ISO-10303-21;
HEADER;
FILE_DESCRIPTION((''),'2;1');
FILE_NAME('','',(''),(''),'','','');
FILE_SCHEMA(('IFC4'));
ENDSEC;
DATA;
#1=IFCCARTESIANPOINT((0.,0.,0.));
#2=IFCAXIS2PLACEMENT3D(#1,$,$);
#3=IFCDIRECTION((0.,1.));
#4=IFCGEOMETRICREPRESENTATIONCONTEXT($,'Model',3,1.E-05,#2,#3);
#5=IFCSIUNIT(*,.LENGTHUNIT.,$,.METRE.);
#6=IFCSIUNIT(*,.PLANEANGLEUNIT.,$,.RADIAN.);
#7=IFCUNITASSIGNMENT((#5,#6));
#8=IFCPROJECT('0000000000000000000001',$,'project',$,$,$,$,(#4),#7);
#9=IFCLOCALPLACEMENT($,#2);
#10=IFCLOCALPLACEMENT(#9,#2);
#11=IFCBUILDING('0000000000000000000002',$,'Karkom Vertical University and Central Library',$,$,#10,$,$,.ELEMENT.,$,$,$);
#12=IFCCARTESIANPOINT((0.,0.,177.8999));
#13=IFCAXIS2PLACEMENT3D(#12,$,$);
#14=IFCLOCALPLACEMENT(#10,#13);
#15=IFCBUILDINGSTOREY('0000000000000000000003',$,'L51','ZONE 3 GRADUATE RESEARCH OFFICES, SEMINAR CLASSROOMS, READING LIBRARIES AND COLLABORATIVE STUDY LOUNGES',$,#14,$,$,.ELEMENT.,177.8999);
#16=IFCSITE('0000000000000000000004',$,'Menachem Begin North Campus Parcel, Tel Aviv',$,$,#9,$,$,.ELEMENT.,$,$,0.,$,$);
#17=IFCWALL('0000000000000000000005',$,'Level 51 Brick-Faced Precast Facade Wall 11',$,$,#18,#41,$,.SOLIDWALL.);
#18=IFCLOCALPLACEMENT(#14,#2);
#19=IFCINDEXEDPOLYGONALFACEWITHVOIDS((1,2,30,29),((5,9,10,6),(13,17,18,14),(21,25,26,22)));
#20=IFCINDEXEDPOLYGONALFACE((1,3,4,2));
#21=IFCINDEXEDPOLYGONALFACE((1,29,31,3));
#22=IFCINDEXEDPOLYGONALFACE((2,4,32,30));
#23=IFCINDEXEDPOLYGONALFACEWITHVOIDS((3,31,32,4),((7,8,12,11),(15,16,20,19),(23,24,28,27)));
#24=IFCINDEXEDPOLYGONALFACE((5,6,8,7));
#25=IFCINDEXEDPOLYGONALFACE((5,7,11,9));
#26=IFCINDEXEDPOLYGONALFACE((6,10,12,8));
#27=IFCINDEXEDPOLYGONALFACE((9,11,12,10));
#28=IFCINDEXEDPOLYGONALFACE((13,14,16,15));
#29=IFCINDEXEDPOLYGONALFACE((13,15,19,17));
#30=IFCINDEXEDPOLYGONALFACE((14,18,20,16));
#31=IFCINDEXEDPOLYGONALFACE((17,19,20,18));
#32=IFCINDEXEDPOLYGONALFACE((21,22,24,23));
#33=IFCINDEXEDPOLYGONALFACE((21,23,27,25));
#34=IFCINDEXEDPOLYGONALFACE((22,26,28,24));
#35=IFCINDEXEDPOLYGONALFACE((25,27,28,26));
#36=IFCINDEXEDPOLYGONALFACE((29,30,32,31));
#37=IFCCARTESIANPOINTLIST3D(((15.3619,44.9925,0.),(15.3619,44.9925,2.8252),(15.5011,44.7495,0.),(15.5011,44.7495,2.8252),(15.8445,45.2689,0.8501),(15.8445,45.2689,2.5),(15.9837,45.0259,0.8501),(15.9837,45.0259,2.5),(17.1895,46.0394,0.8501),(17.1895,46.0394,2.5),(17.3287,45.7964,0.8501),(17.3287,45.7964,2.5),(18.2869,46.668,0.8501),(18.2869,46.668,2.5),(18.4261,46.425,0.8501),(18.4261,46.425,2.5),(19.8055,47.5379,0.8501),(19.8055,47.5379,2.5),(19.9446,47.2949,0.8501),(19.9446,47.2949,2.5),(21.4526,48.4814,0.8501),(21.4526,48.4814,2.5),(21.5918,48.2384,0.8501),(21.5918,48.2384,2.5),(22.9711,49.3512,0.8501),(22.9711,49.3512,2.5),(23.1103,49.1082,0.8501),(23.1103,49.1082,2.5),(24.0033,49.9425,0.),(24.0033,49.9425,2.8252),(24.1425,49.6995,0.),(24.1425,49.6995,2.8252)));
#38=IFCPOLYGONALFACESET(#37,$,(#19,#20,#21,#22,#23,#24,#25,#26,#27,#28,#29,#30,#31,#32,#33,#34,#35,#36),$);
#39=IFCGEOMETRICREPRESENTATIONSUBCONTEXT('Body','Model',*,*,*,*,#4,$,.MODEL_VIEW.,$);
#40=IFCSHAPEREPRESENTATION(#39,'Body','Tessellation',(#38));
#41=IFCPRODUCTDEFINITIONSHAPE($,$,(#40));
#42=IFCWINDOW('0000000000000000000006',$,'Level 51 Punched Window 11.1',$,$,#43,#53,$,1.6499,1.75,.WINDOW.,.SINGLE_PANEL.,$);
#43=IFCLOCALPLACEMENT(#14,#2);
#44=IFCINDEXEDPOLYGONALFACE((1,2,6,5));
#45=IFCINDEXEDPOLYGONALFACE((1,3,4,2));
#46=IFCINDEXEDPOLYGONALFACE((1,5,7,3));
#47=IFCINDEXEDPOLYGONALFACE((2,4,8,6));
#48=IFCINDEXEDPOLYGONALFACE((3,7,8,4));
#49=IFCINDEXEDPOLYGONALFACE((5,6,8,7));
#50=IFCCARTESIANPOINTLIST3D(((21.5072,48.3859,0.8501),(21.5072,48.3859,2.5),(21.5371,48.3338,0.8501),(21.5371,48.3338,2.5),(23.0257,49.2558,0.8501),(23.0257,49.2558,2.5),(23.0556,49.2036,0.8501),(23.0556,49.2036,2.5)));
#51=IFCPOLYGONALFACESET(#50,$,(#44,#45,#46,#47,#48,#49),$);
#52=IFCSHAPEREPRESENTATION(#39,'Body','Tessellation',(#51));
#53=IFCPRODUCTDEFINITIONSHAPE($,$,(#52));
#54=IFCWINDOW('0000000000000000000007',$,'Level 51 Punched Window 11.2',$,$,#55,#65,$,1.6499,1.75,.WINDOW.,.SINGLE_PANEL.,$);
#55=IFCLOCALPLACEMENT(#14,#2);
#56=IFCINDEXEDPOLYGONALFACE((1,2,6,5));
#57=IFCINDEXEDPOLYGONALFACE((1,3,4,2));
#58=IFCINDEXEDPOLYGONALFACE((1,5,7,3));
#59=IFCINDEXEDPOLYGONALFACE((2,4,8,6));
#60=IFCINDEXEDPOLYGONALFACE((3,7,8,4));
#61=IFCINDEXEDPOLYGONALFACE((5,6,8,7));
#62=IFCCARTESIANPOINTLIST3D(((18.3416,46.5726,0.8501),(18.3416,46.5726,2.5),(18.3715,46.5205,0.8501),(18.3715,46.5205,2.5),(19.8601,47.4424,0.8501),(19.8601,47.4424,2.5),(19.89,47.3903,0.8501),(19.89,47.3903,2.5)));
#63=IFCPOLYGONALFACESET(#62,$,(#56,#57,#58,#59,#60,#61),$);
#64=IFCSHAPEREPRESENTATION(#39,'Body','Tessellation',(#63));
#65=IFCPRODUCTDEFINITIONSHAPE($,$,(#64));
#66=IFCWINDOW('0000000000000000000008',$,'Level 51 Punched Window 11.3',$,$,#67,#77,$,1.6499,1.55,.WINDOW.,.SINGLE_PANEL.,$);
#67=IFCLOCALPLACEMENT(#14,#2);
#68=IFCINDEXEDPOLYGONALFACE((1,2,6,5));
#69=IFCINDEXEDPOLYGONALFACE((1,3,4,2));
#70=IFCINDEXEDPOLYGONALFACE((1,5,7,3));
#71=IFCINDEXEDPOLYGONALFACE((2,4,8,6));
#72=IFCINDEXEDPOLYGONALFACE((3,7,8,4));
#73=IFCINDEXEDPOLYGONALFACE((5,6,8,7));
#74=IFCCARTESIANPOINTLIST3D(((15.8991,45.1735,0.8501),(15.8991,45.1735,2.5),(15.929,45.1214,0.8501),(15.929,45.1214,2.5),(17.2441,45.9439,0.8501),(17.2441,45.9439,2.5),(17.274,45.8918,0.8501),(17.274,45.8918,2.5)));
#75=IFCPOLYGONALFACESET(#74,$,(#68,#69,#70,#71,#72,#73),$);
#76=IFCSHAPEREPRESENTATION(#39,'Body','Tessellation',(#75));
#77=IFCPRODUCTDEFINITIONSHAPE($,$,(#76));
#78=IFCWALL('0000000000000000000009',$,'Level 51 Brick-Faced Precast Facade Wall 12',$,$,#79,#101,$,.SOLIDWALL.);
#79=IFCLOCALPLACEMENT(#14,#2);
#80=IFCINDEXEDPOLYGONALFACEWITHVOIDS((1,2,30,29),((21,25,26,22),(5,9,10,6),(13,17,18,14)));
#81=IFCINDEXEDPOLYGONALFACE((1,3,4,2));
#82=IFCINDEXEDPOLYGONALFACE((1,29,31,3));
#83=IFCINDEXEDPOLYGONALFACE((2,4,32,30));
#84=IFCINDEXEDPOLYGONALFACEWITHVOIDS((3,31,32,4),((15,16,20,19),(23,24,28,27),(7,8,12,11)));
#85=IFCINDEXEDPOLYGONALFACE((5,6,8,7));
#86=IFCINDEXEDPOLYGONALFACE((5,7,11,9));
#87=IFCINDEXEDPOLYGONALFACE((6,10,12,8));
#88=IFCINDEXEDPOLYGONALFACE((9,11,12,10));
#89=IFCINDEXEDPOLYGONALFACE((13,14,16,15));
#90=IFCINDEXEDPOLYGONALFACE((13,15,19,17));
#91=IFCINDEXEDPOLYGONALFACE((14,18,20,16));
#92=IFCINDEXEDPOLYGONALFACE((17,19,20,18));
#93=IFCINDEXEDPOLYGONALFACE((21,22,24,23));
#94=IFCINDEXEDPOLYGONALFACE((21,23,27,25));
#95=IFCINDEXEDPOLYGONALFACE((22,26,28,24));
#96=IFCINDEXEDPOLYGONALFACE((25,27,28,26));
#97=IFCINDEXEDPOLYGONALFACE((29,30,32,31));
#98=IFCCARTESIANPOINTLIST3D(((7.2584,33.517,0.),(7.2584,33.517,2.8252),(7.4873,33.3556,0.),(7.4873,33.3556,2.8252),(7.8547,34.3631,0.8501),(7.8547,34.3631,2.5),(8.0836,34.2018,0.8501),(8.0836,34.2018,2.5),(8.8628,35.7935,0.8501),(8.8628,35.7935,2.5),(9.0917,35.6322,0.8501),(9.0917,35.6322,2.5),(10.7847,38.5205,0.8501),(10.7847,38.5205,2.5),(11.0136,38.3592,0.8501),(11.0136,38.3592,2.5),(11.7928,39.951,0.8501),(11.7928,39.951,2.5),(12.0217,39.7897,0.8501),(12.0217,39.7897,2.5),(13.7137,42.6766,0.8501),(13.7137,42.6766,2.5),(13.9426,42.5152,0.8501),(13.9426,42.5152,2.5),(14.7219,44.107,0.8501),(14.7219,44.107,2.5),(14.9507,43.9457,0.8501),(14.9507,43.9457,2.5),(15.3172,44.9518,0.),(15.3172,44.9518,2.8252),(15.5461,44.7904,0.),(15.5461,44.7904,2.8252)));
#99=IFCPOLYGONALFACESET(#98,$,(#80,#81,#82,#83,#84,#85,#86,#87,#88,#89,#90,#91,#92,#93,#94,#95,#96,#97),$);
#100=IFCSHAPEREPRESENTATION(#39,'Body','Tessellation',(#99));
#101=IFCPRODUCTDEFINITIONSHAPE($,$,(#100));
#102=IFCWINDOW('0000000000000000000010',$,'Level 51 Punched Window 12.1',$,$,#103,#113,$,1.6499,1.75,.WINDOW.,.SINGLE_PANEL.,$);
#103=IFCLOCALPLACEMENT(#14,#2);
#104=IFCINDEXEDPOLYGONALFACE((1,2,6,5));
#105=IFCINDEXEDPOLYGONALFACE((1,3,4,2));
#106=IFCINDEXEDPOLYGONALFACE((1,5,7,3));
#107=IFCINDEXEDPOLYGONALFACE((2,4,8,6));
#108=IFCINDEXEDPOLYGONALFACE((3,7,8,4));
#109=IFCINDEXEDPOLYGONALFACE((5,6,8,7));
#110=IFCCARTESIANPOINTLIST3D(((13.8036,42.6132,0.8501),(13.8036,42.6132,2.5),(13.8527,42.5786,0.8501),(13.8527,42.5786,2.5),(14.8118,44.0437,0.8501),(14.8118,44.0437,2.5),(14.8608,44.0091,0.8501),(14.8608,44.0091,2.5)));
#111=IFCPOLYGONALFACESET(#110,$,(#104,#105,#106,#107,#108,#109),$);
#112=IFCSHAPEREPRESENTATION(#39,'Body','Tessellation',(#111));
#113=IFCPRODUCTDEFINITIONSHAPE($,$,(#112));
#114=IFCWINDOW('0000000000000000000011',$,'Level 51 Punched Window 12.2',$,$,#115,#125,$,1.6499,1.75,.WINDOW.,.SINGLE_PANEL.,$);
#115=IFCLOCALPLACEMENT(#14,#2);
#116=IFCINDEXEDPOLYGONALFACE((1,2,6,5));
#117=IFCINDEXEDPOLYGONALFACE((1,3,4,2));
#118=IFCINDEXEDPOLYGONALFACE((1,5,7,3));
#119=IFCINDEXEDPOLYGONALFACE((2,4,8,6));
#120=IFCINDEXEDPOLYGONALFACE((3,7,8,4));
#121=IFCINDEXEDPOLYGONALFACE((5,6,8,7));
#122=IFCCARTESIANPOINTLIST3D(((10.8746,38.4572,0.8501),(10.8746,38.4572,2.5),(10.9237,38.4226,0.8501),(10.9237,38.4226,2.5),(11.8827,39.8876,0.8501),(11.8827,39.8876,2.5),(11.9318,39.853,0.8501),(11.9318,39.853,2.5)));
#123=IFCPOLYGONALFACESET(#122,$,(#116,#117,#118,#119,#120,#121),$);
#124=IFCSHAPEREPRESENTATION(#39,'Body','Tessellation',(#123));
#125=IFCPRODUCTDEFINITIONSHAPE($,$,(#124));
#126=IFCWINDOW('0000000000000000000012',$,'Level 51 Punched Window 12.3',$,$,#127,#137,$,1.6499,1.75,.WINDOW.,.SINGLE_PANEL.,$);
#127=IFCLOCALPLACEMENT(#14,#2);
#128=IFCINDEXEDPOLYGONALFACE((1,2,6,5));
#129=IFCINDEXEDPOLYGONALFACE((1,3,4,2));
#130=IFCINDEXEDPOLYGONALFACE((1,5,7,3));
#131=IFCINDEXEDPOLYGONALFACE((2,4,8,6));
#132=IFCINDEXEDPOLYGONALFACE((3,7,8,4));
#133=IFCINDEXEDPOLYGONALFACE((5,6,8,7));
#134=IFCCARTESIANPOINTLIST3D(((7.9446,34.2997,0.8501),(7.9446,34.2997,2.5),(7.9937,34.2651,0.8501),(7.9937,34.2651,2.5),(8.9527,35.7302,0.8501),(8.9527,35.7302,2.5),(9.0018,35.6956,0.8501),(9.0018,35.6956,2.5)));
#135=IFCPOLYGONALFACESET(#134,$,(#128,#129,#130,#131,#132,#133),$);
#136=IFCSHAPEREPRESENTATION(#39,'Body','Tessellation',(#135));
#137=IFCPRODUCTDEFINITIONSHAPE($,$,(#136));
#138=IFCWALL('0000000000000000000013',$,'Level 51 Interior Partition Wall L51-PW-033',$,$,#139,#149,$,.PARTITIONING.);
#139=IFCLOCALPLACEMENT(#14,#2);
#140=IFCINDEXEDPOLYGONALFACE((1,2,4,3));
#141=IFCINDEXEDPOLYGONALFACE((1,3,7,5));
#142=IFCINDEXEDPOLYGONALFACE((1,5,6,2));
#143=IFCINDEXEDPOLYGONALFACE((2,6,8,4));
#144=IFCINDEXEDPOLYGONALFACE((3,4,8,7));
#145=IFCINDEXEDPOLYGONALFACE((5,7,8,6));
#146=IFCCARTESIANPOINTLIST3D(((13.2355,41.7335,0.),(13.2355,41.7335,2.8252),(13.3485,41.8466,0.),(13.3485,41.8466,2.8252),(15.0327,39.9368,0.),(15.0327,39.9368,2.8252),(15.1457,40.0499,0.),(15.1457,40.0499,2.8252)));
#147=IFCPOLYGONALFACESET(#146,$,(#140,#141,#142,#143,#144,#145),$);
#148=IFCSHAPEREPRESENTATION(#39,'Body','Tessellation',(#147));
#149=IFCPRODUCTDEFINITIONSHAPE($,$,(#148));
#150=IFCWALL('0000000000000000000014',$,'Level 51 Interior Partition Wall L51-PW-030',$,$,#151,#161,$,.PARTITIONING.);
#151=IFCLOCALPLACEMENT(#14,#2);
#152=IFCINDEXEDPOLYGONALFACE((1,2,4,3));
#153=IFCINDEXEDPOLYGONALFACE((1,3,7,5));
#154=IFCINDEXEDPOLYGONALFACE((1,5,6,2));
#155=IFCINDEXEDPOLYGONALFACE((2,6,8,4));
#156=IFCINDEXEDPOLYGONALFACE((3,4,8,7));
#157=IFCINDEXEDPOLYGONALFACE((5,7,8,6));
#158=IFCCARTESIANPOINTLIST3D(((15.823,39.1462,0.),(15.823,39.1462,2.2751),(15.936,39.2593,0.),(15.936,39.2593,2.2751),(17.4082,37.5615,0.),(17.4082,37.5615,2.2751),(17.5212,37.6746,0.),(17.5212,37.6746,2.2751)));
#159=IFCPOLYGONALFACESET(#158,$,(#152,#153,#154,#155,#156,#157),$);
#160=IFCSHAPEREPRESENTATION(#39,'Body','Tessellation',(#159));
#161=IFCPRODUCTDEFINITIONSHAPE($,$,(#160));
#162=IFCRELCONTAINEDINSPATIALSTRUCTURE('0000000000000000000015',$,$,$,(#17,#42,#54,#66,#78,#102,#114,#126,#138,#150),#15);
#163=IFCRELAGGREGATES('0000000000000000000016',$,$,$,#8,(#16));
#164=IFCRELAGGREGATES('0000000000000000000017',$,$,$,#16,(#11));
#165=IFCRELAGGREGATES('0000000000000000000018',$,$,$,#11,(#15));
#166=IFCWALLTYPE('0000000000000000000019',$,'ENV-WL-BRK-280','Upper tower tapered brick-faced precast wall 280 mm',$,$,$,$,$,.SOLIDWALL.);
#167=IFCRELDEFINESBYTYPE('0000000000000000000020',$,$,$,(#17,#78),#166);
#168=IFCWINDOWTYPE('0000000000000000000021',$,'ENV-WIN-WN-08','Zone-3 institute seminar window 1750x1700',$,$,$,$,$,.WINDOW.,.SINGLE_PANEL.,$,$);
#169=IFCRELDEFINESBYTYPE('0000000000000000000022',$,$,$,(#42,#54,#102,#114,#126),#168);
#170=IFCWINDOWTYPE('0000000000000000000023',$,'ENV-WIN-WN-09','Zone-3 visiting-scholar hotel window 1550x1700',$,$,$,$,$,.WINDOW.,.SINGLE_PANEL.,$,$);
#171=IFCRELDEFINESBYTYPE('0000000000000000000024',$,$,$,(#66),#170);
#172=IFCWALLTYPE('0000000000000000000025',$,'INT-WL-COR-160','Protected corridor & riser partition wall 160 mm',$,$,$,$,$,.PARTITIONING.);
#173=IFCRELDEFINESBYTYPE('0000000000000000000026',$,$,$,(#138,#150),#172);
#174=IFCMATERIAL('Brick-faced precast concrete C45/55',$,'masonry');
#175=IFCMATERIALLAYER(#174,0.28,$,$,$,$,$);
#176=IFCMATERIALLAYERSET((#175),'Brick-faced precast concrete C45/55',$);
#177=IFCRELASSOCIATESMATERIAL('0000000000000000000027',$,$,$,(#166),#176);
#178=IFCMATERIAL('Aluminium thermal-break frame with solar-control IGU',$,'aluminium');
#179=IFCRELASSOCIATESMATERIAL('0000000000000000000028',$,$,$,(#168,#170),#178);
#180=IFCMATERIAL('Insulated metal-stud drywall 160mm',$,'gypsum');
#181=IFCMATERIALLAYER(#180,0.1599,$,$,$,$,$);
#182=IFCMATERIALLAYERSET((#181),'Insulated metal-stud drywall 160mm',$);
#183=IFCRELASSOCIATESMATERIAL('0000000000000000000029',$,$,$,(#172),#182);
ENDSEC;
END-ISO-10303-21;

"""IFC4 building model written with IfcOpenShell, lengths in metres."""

from ifc_helpers import new_model, si_unit, direction, frame, frame_2d, origin, origin_with_axes, place, context, subcontext, project, spatial, rectangle, extrude, source, transform, mapped, material, layer, layer_set, type_object, element, fill, save


model = new_model("IFC4")

# Units and contexts
model_context = context("Model", 3, precision=1e-05, world=origin(), true_north=direction((0.0, 1.0)))
body_context = subcontext(model_context, "Body", "Model", "MODEL_VIEW")
ifc_project = project(units=[si_unit("LENGTHUNIT", "METRE"), si_unit("PLANEANGLEUNIT", "RADIAN")], contexts=[model_context])

# Site, building, storey
site_placement = place(None, origin())
site = spatial("IfcSite", under=ifc_project, at=site_placement, Name="Menachem Begin North Campus Parcel, Tel Aviv", CompositionType="ELEMENT", RefElevation=0.0)
building_placement = place(site_placement, origin())
building = spatial("IfcBuilding", under=site, at=building_placement, Name="Karkom Vertical University and Central Library", CompositionType="ELEMENT")
storey_placement = place(building_placement, frame((0.0, 0.0, 177.8999)))
storey = spatial("IfcBuildingStorey", under=building, at=storey_placement, Name="L51", Description="ZONE 3 GRADUATE RESEARCH OFFICES, SEMINAR CLASSROOMS, READING LIBRARIES AND COLLABORATIVE STUDY LOUNGES", CompositionType="ELEMENT", Elevation=177.8999)

# Walls, openings, windows
ifc_material_1 = material(Name="Brick-faced precast concrete C45/55", Category="masonry")
ifc_layer_1 = layer(ifc_material_1, 0.28)
ifc_layer_set_1 = layer_set([ifc_layer_1], Name="Brick-faced precast concrete C45/55")
wall_type_1 = type_object("IfcWallType", Name="ENV-WL-BRK-280", Description="Upper tower tapered brick-faced precast wall 280 mm", PredefinedType="SOLIDWALL", material=ifc_layer_set_1)
wall_1_placement = place(storey_placement, frame((24.073, 49.821, 0.0), z_axis=(0.0, 0.0, 1.0), x_axis=(-0.867722, -0.49705, 0.0)))
wall_1 = element("IfcWall", 1, at=wall_1_placement, inside=storey, type_object=wall_type_1, Name="Level 51 Brick-Faced Precast Facade Wall 11", PredefinedType="SOLIDWALL", context=body_context, shape_type="SweptSolid", body=[
    extrude(rectangle(XDim=9.9587, YDim=0.28, at=frame_2d((4.9795, 0.0))), origin(), (0.0, 0.0, 1.0), 2.8252),
])
opening_1_placement = place(wall_1_placement, frame((1.1897, 0.0, 0.8501)))
opening_1 = element("IfcOpeningElement", 2, at=opening_1_placement, cuts=wall_1, PredefinedType="OPENING", context=body_context, shape_type="SweptSolid", body=[
    extrude(rectangle(XDim=1.75, YDim=1.6499, at=frame_2d((0.875, 0.825))), frame((0.0, 0.1499, 0.0), z_axis=(0.0, -1.0, 0.0), x_axis=(1.0, 0.0, 0.0)), (0.0, 0.0, 1.0), 0.3),
])
opening_2_placement = place(wall_1_placement, frame((4.8379, 0.0, 0.8501)))
opening_2 = element("IfcOpeningElement", 3, at=opening_2_placement, cuts=wall_1, PredefinedType="OPENING", context=body_context, shape_type="SweptSolid", body=[
    extrude(rectangle(XDim=1.75, YDim=1.6499, at=frame_2d((0.875, 0.825))), frame((0.0, 0.1499, 0.0), z_axis=(0.0, -1.0, 0.0), x_axis=(1.0, 0.0, 0.0)), (0.0, 0.0, 1.0), 0.3),
])
opening_3_placement = place(wall_1_placement, frame((7.8528, 0.0, 0.8501)))
opening_3 = element("IfcOpeningElement", 4, at=opening_3_placement, cuts=wall_1, PredefinedType="OPENING", context=body_context, shape_type="SweptSolid", body=[
    extrude(rectangle(XDim=1.55, YDim=1.6499, at=frame_2d((0.7749, 0.825))), frame((0.0, 0.1499, 0.0), z_axis=(0.0, -1.0, 0.0), x_axis=(1.0, 0.0, 0.0)), (0.0, 0.0, 1.0), 0.3),
])
ifc_material_2 = material(Name="Aluminium thermal-break frame with solar-control IGU", Category="aluminium")
window_type_1 = type_object("IfcWindowType", Name="ENV-WIN-WN-08", Description="Zone-3 institute seminar window 1750x1700", PartitioningType="SINGLE_PANEL", PredefinedType="WINDOW", material=ifc_material_2)
shared_shape_1 = source(origin_with_axes(), body_context, "Body", "SweptSolid", [
    extrude(rectangle(XDim=1.75, YDim=1.6499, at=frame_2d((0.875, 0.825))), frame((0.0, 0.03, 0.0), z_axis=(0.0, -1.0, 0.0), x_axis=(1.0, 0.0, 0.0)), (0.0, 0.0, 1.0), 0.0601),
])
window_1_placement = place(opening_1_placement, origin())
window_1 = element("IfcWindow", 5, at=window_1_placement, inside=storey, type_object=window_type_1, Name="Level 51 Punched Window 11.1", OverallHeight=1.6499, OverallWidth=1.75, PartitioningType="SINGLE_PANEL", PredefinedType="WINDOW", context=body_context, shape_type="MappedRepresentation", body=[
    mapped(shared_shape_1, transform((0.0, 0.0, 0.0), scale=1.0)),
])
fill(opening_1, window_1)
window_2_placement = place(opening_2_placement, origin())
window_2 = element("IfcWindow", 6, at=window_2_placement, inside=storey, type_object=window_type_1, Name="Level 51 Punched Window 11.2", OverallHeight=1.6499, OverallWidth=1.75, PartitioningType="SINGLE_PANEL", PredefinedType="WINDOW", context=body_context, shape_type="MappedRepresentation", body=[
    mapped(shared_shape_1, transform((0.0, 0.0, 0.0), scale=1.0)),
])
fill(opening_2, window_2)
window_type_2 = type_object("IfcWindowType", Name="ENV-WIN-WN-09", Description="Zone-3 visiting-scholar hotel window 1550x1700", PartitioningType="SINGLE_PANEL", PredefinedType="WINDOW", material=ifc_material_2)
shared_shape_2 = source(origin_with_axes(), body_context, "Body", "SweptSolid", [
    extrude(rectangle(XDim=1.55, YDim=1.6499, at=frame_2d((0.7749, 0.825))), frame((0.0, 0.03, 0.0), z_axis=(0.0, -1.0, 0.0), x_axis=(1.0, 0.0, 0.0)), (0.0, 0.0, 1.0), 0.0601),
])
window_3_placement = place(opening_3_placement, origin())
window_3 = element("IfcWindow", 7, at=window_3_placement, inside=storey, type_object=window_type_2, Name="Level 51 Punched Window 11.3", OverallHeight=1.6499, OverallWidth=1.55, PartitioningType="SINGLE_PANEL", PredefinedType="WINDOW", context=body_context, shape_type="MappedRepresentation", body=[
    mapped(shared_shape_2, transform((0.0, 0.0, 0.0), scale=1.0)),
])
fill(opening_3, window_3)
wall_2_placement = place(storey_placement, frame((15.4316, 44.8711, 0.0), z_axis=(0.0, 0.0, 1.0), x_axis=(-0.576073, -0.817399, 0.0)))
wall_2 = element("IfcWall", 8, at=wall_2_placement, inside=storey, type_object=wall_type_1, Name="Level 51 Brick-Faced Precast Facade Wall 12", PredefinedType="SOLIDWALL", context=body_context, shape_type="SweptSolid", body=[
    extrude(rectangle(XDim=13.9893, YDim=0.28, at=frame_2d((6.9946, 0.0))), origin(), (0.0, 0.0, 1.0), 2.8252),
])
opening_4_placement = place(wall_2_placement, frame((1.0334, 0.0, 0.8501)))
opening_4 = element("IfcOpeningElement", 9, at=opening_4_placement, cuts=wall_2, PredefinedType="OPENING", context=body_context, shape_type="SweptSolid", body=[
    extrude(rectangle(XDim=1.75, YDim=1.6499, at=frame_2d((0.875, 0.825))), frame((0.0, 0.1499, 0.0), z_axis=(0.0, -1.0, 0.0), x_axis=(1.0, 0.0, 0.0)), (0.0, 0.0, 1.0), 0.3),
])
opening_5_placement = place(wall_2_placement, frame((6.1179, 0.0, 0.8501)))
opening_5 = element("IfcOpeningElement", 10, at=opening_5_placement, cuts=wall_2, PredefinedType="OPENING", context=body_context, shape_type="SweptSolid", body=[
    extrude(rectangle(XDim=1.75, YDim=1.6499, at=frame_2d((0.875, 0.825))), frame((0.0, 0.1499, 0.0), z_axis=(0.0, -1.0, 0.0), x_axis=(1.0, 0.0, 0.0)), (0.0, 0.0, 1.0), 0.3),
])
opening_6_placement = place(wall_2_placement, frame((11.2041, 0.0, 0.8501)))
opening_6 = element("IfcOpeningElement", 11, at=opening_6_placement, cuts=wall_2, PredefinedType="OPENING", context=body_context, shape_type="SweptSolid", body=[
    extrude(rectangle(XDim=1.75, YDim=1.6499, at=frame_2d((0.875, 0.825))), frame((0.0, 0.1499, 0.0), z_axis=(0.0, -1.0, 0.0), x_axis=(1.0, 0.0, 0.0)), (0.0, 0.0, 1.0), 0.3),
])
window_4_placement = place(opening_4_placement, origin())
window_4 = element("IfcWindow", 12, at=window_4_placement, inside=storey, type_object=window_type_1, Name="Level 51 Punched Window 12.1", OverallHeight=1.6499, OverallWidth=1.75, PartitioningType="SINGLE_PANEL", PredefinedType="WINDOW", context=body_context, shape_type="MappedRepresentation", body=[
    mapped(shared_shape_1, transform((0.0, 0.0, 0.0), scale=1.0)),
])
fill(opening_4, window_4)
window_5_placement = place(opening_5_placement, origin())
window_5 = element("IfcWindow", 13, at=window_5_placement, inside=storey, type_object=window_type_1, Name="Level 51 Punched Window 12.2", OverallHeight=1.6499, OverallWidth=1.75, PartitioningType="SINGLE_PANEL", PredefinedType="WINDOW", context=body_context, shape_type="MappedRepresentation", body=[
    mapped(shared_shape_1, transform((0.0, 0.0, 0.0), scale=1.0)),
])
fill(opening_5, window_5)
window_6_placement = place(opening_6_placement, origin())
window_6 = element("IfcWindow", 14, at=window_6_placement, inside=storey, type_object=window_type_1, Name="Level 51 Punched Window 12.3", OverallHeight=1.6499, OverallWidth=1.75, PartitioningType="SINGLE_PANEL", PredefinedType="WINDOW", context=body_context, shape_type="MappedRepresentation", body=[
    mapped(shared_shape_1, transform((0.0, 0.0, 0.0), scale=1.0)),
])
fill(opening_6, window_6)

# Shared definitions
ifc_material_3 = material(Name="Insulated metal-stud drywall 160mm", Category="gypsum")
ifc_layer_2 = layer(ifc_material_3, 0.1599)
ifc_layer_set_2 = layer_set([ifc_layer_2], Name="Insulated metal-stud drywall 160mm")
wall_type_2 = type_object("IfcWallType", Name="INT-WL-COR-160", Description="Protected corridor & riser partition wall 160 mm", PredefinedType="PARTITIONING", material=ifc_layer_set_2)

# Walls
wall_3_placement = place(storey_placement, frame((15.0891, 39.9934, 0.0), z_axis=(0.0, 0.0, 1.0), x_axis=(-0.707203, 0.707011, 0.0)))
element("IfcWall", 15, at=wall_3_placement, inside=storey, type_object=wall_type_2, Name="Level 51 Interior Partition Wall L51-PW-033", PredefinedType="PARTITIONING", context=body_context, shape_type="SweptSolid", body=[
    extrude(rectangle(XDim=2.5413, YDim=0.1599, at=frame_2d((1.2705, 0.0))), origin(), (0.0, 0.0, 1.0), 2.8252),
])
wall_4_placement = place(storey_placement, frame((17.4646, 37.6182, 0.0), z_axis=(0.0, 0.0, 1.0), x_axis=(-0.707216, 0.706998, 0.0)))
element("IfcWall", 16, at=wall_4_placement, inside=storey, type_object=wall_type_2, Name="Level 51 Interior Partition Wall L51-PW-030", PredefinedType="PARTITIONING", context=body_context, shape_type="SweptSolid", body=[
    extrude(rectangle(XDim=2.2415, YDim=0.1599, at=frame_2d((1.1206, 0.0))), origin(), (0.0, 0.0, 1.0), 2.2751),
])

save(model, "model.ifc")
